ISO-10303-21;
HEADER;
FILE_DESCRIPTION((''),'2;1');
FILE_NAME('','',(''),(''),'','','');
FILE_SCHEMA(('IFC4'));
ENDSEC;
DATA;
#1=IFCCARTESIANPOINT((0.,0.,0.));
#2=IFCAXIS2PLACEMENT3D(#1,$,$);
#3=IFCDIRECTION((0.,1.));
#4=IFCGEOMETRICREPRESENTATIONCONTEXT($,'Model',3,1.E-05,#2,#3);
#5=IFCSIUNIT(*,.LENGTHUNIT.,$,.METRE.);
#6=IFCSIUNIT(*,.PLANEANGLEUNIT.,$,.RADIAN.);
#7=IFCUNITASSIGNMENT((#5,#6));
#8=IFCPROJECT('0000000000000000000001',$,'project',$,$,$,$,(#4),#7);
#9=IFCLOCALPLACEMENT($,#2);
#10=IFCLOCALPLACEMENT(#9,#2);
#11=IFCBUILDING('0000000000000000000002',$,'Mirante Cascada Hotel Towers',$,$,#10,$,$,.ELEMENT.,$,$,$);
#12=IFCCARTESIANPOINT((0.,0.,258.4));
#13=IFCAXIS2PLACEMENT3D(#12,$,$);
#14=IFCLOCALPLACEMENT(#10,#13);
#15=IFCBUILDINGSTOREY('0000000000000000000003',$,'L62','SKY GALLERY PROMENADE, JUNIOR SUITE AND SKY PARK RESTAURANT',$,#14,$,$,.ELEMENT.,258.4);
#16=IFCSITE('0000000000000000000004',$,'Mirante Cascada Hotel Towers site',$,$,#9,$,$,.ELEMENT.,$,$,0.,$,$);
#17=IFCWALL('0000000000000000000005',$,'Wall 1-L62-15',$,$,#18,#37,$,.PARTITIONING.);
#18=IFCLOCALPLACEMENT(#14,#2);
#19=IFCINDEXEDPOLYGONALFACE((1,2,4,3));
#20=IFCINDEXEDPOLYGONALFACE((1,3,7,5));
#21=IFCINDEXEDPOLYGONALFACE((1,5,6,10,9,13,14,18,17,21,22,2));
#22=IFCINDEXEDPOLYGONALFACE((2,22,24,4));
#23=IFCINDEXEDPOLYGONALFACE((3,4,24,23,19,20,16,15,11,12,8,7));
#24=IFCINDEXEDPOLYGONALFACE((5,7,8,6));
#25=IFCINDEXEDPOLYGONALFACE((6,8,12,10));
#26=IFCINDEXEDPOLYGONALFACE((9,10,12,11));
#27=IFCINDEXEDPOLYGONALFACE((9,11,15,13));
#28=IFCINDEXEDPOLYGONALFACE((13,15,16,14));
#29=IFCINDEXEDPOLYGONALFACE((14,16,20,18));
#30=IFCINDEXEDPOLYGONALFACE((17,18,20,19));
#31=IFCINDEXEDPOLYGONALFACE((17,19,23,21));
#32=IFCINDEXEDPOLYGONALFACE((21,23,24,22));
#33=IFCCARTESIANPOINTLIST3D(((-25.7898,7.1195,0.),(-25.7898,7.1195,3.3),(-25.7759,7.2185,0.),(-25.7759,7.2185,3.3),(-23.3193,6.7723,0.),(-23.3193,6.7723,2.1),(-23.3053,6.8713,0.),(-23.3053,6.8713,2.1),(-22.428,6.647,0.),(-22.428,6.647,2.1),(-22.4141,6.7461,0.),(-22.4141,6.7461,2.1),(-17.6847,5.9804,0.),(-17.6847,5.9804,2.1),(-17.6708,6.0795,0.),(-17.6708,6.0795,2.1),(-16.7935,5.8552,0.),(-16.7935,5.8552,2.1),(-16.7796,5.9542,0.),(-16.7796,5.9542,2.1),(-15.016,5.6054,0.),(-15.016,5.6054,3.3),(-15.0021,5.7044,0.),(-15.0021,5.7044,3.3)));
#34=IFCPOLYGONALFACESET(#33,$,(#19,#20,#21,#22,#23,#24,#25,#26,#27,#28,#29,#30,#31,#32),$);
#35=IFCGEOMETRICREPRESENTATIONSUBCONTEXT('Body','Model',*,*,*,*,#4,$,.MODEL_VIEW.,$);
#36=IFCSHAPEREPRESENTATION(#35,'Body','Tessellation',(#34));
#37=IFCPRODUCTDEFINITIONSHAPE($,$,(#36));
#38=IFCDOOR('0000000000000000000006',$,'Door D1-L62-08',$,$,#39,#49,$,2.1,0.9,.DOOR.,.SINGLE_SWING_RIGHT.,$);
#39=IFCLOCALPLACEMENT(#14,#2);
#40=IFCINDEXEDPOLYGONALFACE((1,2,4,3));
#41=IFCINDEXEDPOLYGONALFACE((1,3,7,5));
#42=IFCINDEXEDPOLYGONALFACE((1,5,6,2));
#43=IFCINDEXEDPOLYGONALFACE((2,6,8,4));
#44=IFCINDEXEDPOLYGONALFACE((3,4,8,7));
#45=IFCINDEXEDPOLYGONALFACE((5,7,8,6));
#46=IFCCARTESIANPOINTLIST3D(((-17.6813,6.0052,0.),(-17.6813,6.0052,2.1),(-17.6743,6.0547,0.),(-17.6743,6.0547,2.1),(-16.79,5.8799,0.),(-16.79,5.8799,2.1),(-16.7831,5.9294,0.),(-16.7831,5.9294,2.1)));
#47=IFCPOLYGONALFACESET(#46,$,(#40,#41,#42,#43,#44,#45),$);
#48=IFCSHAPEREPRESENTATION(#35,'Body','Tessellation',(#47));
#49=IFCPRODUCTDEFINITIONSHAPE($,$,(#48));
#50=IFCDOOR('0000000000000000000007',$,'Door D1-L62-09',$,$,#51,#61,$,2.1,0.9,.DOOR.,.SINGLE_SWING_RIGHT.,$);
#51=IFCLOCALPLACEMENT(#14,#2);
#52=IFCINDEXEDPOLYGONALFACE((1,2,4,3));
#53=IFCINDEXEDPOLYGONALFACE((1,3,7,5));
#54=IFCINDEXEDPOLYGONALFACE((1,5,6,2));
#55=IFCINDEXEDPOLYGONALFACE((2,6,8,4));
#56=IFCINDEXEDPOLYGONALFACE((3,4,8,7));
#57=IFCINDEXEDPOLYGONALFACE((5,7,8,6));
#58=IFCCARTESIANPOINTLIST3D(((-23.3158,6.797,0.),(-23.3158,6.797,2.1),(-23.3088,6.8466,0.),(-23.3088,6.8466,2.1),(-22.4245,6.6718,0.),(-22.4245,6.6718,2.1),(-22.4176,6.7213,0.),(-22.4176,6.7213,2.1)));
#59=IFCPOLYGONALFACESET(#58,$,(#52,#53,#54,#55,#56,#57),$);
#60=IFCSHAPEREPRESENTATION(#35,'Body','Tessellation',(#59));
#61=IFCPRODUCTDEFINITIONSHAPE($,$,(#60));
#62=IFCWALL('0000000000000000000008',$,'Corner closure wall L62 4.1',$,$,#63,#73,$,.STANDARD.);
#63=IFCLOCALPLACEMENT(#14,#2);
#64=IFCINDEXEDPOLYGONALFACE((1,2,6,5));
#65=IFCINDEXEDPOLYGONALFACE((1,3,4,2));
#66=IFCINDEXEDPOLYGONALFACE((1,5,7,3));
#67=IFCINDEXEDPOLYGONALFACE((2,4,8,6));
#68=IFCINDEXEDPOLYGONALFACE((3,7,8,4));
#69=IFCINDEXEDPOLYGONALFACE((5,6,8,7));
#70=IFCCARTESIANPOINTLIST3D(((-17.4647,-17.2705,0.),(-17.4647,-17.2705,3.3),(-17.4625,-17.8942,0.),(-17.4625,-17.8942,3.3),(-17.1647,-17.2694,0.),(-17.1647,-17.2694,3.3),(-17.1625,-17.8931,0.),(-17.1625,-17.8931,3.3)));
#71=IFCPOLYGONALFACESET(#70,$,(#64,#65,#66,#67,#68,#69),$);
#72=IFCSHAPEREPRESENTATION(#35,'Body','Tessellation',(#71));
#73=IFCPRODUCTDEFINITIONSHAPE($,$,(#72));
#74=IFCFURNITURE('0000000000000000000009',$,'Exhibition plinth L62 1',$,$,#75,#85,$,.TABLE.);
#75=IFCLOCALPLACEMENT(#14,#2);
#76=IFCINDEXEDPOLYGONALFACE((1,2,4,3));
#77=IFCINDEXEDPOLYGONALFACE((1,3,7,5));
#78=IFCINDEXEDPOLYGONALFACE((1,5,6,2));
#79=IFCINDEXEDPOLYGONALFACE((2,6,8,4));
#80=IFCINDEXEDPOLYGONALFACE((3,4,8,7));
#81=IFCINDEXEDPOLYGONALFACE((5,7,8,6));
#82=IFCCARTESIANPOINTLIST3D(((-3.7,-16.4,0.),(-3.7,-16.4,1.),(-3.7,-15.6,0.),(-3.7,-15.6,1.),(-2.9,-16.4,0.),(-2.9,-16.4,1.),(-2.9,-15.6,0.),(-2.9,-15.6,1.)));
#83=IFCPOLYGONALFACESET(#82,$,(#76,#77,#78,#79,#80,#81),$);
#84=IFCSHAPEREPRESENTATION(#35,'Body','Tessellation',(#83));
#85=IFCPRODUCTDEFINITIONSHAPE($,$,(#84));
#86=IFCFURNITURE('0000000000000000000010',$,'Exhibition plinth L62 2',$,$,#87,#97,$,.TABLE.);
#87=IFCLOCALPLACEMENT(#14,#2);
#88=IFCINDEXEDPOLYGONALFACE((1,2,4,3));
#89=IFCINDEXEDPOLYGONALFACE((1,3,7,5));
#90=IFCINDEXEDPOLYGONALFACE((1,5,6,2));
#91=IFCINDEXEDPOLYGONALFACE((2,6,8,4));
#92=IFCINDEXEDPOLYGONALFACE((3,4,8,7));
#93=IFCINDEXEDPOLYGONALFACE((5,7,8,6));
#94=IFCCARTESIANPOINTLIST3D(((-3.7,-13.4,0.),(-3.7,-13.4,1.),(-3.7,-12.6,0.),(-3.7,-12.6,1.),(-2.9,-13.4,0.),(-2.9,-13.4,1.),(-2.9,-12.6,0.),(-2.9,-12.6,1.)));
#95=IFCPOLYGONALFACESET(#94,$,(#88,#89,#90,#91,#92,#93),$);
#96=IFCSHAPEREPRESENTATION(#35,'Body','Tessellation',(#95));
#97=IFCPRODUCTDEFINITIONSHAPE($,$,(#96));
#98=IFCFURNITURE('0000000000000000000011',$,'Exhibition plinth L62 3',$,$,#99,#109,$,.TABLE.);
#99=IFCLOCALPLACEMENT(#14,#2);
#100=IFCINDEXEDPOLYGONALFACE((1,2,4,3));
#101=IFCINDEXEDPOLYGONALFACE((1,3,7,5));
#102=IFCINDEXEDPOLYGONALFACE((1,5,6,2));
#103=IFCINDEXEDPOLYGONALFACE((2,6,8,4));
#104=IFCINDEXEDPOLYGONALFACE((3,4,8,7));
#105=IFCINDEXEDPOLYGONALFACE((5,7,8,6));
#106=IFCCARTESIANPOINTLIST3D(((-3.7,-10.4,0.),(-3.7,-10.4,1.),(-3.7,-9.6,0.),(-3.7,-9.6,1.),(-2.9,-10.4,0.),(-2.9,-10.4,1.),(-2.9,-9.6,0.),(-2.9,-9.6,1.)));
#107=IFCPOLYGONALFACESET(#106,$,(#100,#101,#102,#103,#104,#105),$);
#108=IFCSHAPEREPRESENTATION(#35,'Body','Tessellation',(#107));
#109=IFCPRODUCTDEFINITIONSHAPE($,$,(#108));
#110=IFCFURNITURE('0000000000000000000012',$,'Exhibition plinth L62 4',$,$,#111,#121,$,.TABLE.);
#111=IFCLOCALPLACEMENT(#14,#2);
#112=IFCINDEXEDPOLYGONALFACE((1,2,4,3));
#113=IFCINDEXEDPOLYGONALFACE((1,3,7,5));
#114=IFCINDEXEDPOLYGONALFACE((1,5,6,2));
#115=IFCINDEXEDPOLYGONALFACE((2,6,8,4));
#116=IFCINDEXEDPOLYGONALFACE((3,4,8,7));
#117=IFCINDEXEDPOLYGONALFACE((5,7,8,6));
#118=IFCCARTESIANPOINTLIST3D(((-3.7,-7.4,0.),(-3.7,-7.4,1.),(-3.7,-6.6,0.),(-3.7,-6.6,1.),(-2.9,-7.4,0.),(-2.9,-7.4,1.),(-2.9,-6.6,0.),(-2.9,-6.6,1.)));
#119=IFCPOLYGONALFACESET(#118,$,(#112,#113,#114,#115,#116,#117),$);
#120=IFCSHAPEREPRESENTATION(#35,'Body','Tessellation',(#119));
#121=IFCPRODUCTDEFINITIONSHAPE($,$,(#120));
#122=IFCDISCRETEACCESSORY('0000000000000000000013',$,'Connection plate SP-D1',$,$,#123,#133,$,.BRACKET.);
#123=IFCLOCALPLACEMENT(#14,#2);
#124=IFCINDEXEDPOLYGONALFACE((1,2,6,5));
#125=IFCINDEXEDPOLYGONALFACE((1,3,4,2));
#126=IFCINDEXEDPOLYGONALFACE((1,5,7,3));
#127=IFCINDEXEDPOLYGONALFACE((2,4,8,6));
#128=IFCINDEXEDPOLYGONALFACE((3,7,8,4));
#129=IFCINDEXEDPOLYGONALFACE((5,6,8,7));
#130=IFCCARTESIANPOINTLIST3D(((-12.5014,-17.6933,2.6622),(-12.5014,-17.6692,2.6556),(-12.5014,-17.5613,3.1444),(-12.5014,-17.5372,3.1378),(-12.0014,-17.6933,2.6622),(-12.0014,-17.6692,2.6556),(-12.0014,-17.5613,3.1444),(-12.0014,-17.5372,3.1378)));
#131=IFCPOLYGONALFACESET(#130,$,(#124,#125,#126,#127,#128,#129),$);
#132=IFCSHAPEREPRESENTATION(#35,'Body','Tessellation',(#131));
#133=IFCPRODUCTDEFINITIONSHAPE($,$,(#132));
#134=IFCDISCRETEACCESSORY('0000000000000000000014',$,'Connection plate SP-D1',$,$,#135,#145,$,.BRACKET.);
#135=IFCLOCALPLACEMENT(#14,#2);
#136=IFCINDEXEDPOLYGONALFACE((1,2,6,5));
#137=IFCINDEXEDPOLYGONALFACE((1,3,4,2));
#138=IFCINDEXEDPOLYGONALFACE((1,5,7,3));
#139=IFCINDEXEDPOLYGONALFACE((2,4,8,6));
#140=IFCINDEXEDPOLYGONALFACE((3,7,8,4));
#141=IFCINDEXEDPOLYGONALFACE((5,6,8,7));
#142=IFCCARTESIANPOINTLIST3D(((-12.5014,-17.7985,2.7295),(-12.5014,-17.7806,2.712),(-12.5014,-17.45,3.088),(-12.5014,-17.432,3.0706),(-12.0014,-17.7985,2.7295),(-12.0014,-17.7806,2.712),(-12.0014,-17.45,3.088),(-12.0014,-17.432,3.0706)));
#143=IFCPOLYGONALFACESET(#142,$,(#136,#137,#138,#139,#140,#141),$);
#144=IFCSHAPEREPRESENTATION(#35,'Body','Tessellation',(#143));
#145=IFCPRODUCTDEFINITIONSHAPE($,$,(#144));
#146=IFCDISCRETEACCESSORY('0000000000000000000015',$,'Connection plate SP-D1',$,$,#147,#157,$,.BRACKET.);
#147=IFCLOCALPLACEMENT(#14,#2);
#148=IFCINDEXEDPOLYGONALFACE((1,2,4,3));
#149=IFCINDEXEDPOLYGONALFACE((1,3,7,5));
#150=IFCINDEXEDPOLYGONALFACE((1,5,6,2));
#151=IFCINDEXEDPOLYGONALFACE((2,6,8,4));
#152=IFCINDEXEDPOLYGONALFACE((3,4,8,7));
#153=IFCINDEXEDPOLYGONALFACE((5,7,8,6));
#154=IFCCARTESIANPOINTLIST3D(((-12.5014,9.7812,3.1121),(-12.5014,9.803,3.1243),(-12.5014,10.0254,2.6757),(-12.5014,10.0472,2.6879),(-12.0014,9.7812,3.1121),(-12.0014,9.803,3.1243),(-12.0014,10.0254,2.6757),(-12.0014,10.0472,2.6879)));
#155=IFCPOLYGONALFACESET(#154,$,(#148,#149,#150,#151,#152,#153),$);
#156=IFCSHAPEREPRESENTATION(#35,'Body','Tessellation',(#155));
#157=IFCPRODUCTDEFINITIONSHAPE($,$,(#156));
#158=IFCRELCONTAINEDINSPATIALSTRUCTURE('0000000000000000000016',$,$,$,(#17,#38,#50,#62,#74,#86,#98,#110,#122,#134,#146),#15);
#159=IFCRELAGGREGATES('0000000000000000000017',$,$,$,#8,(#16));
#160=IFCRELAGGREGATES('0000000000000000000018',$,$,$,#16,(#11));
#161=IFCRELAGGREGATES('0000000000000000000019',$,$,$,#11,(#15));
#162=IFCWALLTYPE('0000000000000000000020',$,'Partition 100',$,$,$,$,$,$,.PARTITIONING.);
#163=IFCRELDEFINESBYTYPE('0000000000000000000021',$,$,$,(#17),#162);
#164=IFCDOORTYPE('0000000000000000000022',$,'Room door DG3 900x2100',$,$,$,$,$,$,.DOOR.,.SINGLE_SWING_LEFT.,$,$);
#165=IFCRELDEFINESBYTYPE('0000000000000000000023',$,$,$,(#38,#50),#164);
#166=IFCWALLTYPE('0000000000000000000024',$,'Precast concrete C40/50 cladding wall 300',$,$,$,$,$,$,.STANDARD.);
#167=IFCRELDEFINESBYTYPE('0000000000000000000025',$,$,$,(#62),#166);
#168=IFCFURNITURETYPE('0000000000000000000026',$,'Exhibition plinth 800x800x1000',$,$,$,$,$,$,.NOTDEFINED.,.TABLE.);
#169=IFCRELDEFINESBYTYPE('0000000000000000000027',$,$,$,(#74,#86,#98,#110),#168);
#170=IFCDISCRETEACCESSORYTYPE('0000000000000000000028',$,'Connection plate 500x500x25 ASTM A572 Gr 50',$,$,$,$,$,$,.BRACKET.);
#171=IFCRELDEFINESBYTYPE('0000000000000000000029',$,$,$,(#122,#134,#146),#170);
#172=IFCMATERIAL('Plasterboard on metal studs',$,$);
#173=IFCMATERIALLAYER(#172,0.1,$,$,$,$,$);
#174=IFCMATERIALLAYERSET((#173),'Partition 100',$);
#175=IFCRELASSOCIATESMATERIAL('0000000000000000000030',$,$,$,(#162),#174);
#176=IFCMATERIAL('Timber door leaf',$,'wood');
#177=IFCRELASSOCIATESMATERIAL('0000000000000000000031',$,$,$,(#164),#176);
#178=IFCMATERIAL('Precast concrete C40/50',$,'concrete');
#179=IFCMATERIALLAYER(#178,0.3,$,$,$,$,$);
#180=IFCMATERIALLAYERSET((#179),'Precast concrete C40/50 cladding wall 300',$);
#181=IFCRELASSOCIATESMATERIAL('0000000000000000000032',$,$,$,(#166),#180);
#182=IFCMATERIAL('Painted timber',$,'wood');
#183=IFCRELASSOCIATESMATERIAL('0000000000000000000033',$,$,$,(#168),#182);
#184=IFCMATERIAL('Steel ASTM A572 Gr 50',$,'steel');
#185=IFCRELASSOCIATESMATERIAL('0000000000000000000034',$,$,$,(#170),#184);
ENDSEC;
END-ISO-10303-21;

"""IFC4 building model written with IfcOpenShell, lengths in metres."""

from ifc_helpers import new_model, si_unit, direction, frame, frame_2d, origin, origin_2d, place, context, subcontext, project, spatial, rectangle, extrude, material, layer, layer_set, material_profile, profile_set, type_object, element, fill, save


model = new_model("IFC4")

# Units and contexts
model_context = context("Model", 3, precision=1e-05, world=origin(), true_north=direction((0.0, 1.0)))
body_context = subcontext(model_context, "Body", "Model", "MODEL_VIEW")
ifc_project = project(units=[si_unit("LENGTHUNIT", "METRE"), si_unit("PLANEANGLEUNIT", "RADIAN")], contexts=[model_context])

# Site, building, storey
site_placement = place(None, origin())
site = spatial("IfcSite", under=ifc_project, at=site_placement, Name="Mirante Cascada Hotel Towers site", CompositionType="ELEMENT", RefElevation=0.0)
building_placement = place(site_placement, origin())
building = spatial("IfcBuilding", under=site, at=building_placement, Name="Mirante Cascada Hotel Towers", CompositionType="ELEMENT")
storey_placement = place(building_placement, frame((0.0, 0.0, 258.4)))
storey = spatial("IfcBuildingStorey", under=building, at=storey_placement, Name="L62", Description="SKY GALLERY PROMENADE, JUNIOR SUITE AND SKY PARK RESTAURANT", CompositionType="ELEMENT", Elevation=258.4)

# Shared definitions
ifc_material_1 = material(Name="Plasterboard on metal studs")
ifc_layer_1 = layer(ifc_material_1, 0.1)
ifc_layer_set_1 = layer_set([ifc_layer_1], Name="Partition 100")
wall_type_1 = type_object("IfcWallType", Name="Partition 100", PredefinedType="PARTITIONING", material=ifc_layer_set_1)

# Wall, openings, doors
wall_1_placement = place(storey_placement, frame((-15.0091, 5.6549, 0.0), z_axis=(0.0, 0.0, 1.0), x_axis=(-0.990269, 0.139168, 0.0)))
wall_1 = element("IfcWall", 1, at=wall_1_placement, inside=storey, type_object=wall_type_1, Name="Wall 1-L62-15", PredefinedType="PARTITIONING", context=body_context, shape_type="SweptSolid", body=[
    extrude(rectangle(XDim=10.8797, YDim=0.1, at=frame_2d((5.4398, 0.0))), origin(), (0.0, 0.0, 1.0), 3.3),
])
opening_1_placement = place(wall_1_placement, frame((1.7949, 0.0, 0.0)))
opening_1 = element("IfcOpeningElement", 2, at=opening_1_placement, cuts=wall_1, PredefinedType="OPENING", context=body_context, shape_type="SweptSolid", body=[
    extrude(rectangle(XDim=0.9, YDim=2.1, at=frame_2d((0.45, 1.05))), frame((0.0, 0.05, 0.0), z_axis=(0.0, -1.0, 0.0), x_axis=(1.0, 0.0, 0.0)), (0.0, 0.0, 1.0), 0.1),
])
opening_2_placement = place(wall_1_placement, frame((7.4848, 0.0, 0.0)))
opening_2 = element("IfcOpeningElement", 3, at=opening_2_placement, cuts=wall_1, PredefinedType="OPENING", context=body_context, shape_type="SweptSolid", body=[
    extrude(rectangle(XDim=0.9, YDim=2.1, at=frame_2d((0.45, 1.05))), frame((0.0, 0.05, 0.0), z_axis=(0.0, -1.0, 0.0), x_axis=(1.0, 0.0, 0.0)), (0.0, 0.0, 1.0), 0.1),
])
ifc_material_2 = material(Name="Timber door leaf", Category="wood")
door_type_1 = type_object("IfcDoorType", Name="Room door DG3 900x2100", OperationType="SINGLE_SWING_LEFT", PredefinedType="DOOR", material=ifc_material_2)
door_1_placement = place(opening_1_placement, frame((0.9, 0.0, 0.0), z_axis=(0.0, 0.0, 1.0), x_axis=(-1.0, 0.0, 0.0)))
door_1 = element("IfcDoor", 4, at=door_1_placement, inside=storey, type_object=door_type_1, Name="Door D1-L62-08", OperationType="SINGLE_SWING_RIGHT", OverallHeight=2.1, OverallWidth=0.9, PredefinedType="DOOR", context=body_context, shape_type="SweptSolid", body=[
    extrude(rectangle(XDim=0.9, YDim=2.1, at=frame_2d((0.45, 1.05))), frame((0.0, 0.025, 0.0), z_axis=(0.0, -1.0, 0.0), x_axis=(1.0, 0.0, 0.0)), (0.0, 0.0, 1.0), 0.05),
])
fill(opening_1, door_1)
door_2_placement = place(opening_2_placement, frame((0.9, 0.0, 0.0), z_axis=(0.0, 0.0, 1.0), x_axis=(-1.0, 0.0, 0.0)))
door_2 = element("IfcDoor", 5, at=door_2_placement, inside=storey, type_object=door_type_1, Name="Door D1-L62-09", OperationType="SINGLE_SWING_RIGHT", OverallHeight=2.1, OverallWidth=0.9, PredefinedType="DOOR", context=body_context, shape_type="SweptSolid", body=[
    extrude(rectangle(XDim=0.9, YDim=2.1, at=frame_2d((0.45, 1.05))), frame((0.0, 0.025, 0.0), z_axis=(0.0, -1.0, 0.0), x_axis=(1.0, 0.0, 0.0)), (0.0, 0.0, 1.0), 0.05),
])
fill(opening_2, door_2)

# Wall
ifc_material_3 = material(Name="Precast concrete C40/50", Category="concrete")
ifc_layer_2 = layer(ifc_material_3, 0.3)
ifc_layer_set_2 = layer_set([ifc_layer_2], Name="Precast concrete C40/50 cladding wall 300")
wall_type_2 = type_object("IfcWallType", Name="Precast concrete C40/50 cladding wall 300", PredefinedType="STANDARD", material=ifc_layer_set_2)
wall_2_placement = place(storey_placement, frame((-17.3147, -17.27, 0.0), z_axis=(0.0, 0.0, 1.0), x_axis=(0.003527, -0.999994, 0.0)))
element("IfcWall", 6, at=wall_2_placement, inside=storey, type_object=wall_type_2, Name="Corner closure wall L62 4.1", PredefinedType="STANDARD", context=body_context, shape_type="SweptSolid", body=[
    extrude(rectangle(XDim=0.6237, YDim=0.3, at=frame_2d((0.3118, 0.0))), origin(), (0.0, 0.0, 1.0), 3.3),
])

# Furniture
ifc_material_4 = material(Name="Painted timber", Category="wood")
furniture_type = type_object("IfcFurnitureType", Name="Exhibition plinth 800x800x1000", AssemblyPlace="NOTDEFINED", PredefinedType="TABLE", material=ifc_material_4)
for number, where, z_axis, x_axis, name in (
    (7, (-3.3, -16.0, 0.0), (0.0, 0.0, 1.0), (1.0, 0.0, 0.0), "Exhibition plinth L62 1"),
    (8, (-3.3, -13.0, 0.0), (0.0, 0.0, 1.0), (1.0, 0.0, 0.0), "Exhibition plinth L62 2"),
    (9, (-3.3, -10.0, 0.0), (0.0, 0.0, 1.0), (1.0, 0.0, 0.0), "Exhibition plinth L62 3"),
    (10, (-3.3, -7.0, 0.0), (0.0, 0.0, 1.0), (1.0, 0.0, 0.0), "Exhibition plinth L62 4"),
):
    element("IfcFurniture", number, at=place(storey_placement, frame(where, z_axis=z_axis, x_axis=x_axis)), inside=storey, type_object=furniture_type, Name=name, PredefinedType="TABLE", context=body_context, shape_type="SweptSolid", body=[
        extrude(rectangle(XDim=0.8, YDim=0.8, at=origin_2d()), origin(), (0.0, 0.0, 1.0), 1.0),
    ])

# Discrete accessories
ifc_material_5 = material(Name="Steel ASTM A572 Gr 50", Category="steel")
ifc_material_profile_1 = material_profile(ifc_material_5, rectangle(XDim=0.5, YDim=0.5, at=origin_2d()), Name="Connection plate 500x500x25 ASTM A572 Gr 50")
ifc_profile_set_1 = profile_set([ifc_material_profile_1], Name="Steel ASTM A572 Gr 50")
discrete_accessory_type = type_object("IfcDiscreteAccessoryType", Name="Connection plate 500x500x25 ASTM A572 Gr 50", PredefinedType="BRACKET", material=ifc_profile_set_1)
for number, where, z_axis, x_axis, name in (
    (11, (-12.2514, -17.6032, 2.8967), (0.0, -0.964486, 0.264133), (1.0, 0.0, 0.0), "Connection plate SP-D1"),
    (12, (-12.2514, -17.6063, 2.8913), (0.0, -0.717051, 0.697021), (1.0, 0.0, 0.0), "Connection plate SP-D1"),
    (13, (-12.2514, 9.9033, 2.8939), (0.0, 0.872642, 0.48836), (-1.0, 0.0, 0.0), "Connection plate SP-D1"),
):
    element("IfcDiscreteAccessory", number, at=place(storey_placement, frame(where, z_axis=z_axis, x_axis=x_axis)), inside=storey, type_object=discrete_accessory_type, Name=name, PredefinedType="BRACKET", context=body_context, shape_type="SweptSolid", body=[
        extrude(rectangle(XDim=0.5, YDim=0.5, at=origin_2d()), origin(), (0.0, 0.0, 1.0), 0.025),
    ])

save(model, "model.ifc")
